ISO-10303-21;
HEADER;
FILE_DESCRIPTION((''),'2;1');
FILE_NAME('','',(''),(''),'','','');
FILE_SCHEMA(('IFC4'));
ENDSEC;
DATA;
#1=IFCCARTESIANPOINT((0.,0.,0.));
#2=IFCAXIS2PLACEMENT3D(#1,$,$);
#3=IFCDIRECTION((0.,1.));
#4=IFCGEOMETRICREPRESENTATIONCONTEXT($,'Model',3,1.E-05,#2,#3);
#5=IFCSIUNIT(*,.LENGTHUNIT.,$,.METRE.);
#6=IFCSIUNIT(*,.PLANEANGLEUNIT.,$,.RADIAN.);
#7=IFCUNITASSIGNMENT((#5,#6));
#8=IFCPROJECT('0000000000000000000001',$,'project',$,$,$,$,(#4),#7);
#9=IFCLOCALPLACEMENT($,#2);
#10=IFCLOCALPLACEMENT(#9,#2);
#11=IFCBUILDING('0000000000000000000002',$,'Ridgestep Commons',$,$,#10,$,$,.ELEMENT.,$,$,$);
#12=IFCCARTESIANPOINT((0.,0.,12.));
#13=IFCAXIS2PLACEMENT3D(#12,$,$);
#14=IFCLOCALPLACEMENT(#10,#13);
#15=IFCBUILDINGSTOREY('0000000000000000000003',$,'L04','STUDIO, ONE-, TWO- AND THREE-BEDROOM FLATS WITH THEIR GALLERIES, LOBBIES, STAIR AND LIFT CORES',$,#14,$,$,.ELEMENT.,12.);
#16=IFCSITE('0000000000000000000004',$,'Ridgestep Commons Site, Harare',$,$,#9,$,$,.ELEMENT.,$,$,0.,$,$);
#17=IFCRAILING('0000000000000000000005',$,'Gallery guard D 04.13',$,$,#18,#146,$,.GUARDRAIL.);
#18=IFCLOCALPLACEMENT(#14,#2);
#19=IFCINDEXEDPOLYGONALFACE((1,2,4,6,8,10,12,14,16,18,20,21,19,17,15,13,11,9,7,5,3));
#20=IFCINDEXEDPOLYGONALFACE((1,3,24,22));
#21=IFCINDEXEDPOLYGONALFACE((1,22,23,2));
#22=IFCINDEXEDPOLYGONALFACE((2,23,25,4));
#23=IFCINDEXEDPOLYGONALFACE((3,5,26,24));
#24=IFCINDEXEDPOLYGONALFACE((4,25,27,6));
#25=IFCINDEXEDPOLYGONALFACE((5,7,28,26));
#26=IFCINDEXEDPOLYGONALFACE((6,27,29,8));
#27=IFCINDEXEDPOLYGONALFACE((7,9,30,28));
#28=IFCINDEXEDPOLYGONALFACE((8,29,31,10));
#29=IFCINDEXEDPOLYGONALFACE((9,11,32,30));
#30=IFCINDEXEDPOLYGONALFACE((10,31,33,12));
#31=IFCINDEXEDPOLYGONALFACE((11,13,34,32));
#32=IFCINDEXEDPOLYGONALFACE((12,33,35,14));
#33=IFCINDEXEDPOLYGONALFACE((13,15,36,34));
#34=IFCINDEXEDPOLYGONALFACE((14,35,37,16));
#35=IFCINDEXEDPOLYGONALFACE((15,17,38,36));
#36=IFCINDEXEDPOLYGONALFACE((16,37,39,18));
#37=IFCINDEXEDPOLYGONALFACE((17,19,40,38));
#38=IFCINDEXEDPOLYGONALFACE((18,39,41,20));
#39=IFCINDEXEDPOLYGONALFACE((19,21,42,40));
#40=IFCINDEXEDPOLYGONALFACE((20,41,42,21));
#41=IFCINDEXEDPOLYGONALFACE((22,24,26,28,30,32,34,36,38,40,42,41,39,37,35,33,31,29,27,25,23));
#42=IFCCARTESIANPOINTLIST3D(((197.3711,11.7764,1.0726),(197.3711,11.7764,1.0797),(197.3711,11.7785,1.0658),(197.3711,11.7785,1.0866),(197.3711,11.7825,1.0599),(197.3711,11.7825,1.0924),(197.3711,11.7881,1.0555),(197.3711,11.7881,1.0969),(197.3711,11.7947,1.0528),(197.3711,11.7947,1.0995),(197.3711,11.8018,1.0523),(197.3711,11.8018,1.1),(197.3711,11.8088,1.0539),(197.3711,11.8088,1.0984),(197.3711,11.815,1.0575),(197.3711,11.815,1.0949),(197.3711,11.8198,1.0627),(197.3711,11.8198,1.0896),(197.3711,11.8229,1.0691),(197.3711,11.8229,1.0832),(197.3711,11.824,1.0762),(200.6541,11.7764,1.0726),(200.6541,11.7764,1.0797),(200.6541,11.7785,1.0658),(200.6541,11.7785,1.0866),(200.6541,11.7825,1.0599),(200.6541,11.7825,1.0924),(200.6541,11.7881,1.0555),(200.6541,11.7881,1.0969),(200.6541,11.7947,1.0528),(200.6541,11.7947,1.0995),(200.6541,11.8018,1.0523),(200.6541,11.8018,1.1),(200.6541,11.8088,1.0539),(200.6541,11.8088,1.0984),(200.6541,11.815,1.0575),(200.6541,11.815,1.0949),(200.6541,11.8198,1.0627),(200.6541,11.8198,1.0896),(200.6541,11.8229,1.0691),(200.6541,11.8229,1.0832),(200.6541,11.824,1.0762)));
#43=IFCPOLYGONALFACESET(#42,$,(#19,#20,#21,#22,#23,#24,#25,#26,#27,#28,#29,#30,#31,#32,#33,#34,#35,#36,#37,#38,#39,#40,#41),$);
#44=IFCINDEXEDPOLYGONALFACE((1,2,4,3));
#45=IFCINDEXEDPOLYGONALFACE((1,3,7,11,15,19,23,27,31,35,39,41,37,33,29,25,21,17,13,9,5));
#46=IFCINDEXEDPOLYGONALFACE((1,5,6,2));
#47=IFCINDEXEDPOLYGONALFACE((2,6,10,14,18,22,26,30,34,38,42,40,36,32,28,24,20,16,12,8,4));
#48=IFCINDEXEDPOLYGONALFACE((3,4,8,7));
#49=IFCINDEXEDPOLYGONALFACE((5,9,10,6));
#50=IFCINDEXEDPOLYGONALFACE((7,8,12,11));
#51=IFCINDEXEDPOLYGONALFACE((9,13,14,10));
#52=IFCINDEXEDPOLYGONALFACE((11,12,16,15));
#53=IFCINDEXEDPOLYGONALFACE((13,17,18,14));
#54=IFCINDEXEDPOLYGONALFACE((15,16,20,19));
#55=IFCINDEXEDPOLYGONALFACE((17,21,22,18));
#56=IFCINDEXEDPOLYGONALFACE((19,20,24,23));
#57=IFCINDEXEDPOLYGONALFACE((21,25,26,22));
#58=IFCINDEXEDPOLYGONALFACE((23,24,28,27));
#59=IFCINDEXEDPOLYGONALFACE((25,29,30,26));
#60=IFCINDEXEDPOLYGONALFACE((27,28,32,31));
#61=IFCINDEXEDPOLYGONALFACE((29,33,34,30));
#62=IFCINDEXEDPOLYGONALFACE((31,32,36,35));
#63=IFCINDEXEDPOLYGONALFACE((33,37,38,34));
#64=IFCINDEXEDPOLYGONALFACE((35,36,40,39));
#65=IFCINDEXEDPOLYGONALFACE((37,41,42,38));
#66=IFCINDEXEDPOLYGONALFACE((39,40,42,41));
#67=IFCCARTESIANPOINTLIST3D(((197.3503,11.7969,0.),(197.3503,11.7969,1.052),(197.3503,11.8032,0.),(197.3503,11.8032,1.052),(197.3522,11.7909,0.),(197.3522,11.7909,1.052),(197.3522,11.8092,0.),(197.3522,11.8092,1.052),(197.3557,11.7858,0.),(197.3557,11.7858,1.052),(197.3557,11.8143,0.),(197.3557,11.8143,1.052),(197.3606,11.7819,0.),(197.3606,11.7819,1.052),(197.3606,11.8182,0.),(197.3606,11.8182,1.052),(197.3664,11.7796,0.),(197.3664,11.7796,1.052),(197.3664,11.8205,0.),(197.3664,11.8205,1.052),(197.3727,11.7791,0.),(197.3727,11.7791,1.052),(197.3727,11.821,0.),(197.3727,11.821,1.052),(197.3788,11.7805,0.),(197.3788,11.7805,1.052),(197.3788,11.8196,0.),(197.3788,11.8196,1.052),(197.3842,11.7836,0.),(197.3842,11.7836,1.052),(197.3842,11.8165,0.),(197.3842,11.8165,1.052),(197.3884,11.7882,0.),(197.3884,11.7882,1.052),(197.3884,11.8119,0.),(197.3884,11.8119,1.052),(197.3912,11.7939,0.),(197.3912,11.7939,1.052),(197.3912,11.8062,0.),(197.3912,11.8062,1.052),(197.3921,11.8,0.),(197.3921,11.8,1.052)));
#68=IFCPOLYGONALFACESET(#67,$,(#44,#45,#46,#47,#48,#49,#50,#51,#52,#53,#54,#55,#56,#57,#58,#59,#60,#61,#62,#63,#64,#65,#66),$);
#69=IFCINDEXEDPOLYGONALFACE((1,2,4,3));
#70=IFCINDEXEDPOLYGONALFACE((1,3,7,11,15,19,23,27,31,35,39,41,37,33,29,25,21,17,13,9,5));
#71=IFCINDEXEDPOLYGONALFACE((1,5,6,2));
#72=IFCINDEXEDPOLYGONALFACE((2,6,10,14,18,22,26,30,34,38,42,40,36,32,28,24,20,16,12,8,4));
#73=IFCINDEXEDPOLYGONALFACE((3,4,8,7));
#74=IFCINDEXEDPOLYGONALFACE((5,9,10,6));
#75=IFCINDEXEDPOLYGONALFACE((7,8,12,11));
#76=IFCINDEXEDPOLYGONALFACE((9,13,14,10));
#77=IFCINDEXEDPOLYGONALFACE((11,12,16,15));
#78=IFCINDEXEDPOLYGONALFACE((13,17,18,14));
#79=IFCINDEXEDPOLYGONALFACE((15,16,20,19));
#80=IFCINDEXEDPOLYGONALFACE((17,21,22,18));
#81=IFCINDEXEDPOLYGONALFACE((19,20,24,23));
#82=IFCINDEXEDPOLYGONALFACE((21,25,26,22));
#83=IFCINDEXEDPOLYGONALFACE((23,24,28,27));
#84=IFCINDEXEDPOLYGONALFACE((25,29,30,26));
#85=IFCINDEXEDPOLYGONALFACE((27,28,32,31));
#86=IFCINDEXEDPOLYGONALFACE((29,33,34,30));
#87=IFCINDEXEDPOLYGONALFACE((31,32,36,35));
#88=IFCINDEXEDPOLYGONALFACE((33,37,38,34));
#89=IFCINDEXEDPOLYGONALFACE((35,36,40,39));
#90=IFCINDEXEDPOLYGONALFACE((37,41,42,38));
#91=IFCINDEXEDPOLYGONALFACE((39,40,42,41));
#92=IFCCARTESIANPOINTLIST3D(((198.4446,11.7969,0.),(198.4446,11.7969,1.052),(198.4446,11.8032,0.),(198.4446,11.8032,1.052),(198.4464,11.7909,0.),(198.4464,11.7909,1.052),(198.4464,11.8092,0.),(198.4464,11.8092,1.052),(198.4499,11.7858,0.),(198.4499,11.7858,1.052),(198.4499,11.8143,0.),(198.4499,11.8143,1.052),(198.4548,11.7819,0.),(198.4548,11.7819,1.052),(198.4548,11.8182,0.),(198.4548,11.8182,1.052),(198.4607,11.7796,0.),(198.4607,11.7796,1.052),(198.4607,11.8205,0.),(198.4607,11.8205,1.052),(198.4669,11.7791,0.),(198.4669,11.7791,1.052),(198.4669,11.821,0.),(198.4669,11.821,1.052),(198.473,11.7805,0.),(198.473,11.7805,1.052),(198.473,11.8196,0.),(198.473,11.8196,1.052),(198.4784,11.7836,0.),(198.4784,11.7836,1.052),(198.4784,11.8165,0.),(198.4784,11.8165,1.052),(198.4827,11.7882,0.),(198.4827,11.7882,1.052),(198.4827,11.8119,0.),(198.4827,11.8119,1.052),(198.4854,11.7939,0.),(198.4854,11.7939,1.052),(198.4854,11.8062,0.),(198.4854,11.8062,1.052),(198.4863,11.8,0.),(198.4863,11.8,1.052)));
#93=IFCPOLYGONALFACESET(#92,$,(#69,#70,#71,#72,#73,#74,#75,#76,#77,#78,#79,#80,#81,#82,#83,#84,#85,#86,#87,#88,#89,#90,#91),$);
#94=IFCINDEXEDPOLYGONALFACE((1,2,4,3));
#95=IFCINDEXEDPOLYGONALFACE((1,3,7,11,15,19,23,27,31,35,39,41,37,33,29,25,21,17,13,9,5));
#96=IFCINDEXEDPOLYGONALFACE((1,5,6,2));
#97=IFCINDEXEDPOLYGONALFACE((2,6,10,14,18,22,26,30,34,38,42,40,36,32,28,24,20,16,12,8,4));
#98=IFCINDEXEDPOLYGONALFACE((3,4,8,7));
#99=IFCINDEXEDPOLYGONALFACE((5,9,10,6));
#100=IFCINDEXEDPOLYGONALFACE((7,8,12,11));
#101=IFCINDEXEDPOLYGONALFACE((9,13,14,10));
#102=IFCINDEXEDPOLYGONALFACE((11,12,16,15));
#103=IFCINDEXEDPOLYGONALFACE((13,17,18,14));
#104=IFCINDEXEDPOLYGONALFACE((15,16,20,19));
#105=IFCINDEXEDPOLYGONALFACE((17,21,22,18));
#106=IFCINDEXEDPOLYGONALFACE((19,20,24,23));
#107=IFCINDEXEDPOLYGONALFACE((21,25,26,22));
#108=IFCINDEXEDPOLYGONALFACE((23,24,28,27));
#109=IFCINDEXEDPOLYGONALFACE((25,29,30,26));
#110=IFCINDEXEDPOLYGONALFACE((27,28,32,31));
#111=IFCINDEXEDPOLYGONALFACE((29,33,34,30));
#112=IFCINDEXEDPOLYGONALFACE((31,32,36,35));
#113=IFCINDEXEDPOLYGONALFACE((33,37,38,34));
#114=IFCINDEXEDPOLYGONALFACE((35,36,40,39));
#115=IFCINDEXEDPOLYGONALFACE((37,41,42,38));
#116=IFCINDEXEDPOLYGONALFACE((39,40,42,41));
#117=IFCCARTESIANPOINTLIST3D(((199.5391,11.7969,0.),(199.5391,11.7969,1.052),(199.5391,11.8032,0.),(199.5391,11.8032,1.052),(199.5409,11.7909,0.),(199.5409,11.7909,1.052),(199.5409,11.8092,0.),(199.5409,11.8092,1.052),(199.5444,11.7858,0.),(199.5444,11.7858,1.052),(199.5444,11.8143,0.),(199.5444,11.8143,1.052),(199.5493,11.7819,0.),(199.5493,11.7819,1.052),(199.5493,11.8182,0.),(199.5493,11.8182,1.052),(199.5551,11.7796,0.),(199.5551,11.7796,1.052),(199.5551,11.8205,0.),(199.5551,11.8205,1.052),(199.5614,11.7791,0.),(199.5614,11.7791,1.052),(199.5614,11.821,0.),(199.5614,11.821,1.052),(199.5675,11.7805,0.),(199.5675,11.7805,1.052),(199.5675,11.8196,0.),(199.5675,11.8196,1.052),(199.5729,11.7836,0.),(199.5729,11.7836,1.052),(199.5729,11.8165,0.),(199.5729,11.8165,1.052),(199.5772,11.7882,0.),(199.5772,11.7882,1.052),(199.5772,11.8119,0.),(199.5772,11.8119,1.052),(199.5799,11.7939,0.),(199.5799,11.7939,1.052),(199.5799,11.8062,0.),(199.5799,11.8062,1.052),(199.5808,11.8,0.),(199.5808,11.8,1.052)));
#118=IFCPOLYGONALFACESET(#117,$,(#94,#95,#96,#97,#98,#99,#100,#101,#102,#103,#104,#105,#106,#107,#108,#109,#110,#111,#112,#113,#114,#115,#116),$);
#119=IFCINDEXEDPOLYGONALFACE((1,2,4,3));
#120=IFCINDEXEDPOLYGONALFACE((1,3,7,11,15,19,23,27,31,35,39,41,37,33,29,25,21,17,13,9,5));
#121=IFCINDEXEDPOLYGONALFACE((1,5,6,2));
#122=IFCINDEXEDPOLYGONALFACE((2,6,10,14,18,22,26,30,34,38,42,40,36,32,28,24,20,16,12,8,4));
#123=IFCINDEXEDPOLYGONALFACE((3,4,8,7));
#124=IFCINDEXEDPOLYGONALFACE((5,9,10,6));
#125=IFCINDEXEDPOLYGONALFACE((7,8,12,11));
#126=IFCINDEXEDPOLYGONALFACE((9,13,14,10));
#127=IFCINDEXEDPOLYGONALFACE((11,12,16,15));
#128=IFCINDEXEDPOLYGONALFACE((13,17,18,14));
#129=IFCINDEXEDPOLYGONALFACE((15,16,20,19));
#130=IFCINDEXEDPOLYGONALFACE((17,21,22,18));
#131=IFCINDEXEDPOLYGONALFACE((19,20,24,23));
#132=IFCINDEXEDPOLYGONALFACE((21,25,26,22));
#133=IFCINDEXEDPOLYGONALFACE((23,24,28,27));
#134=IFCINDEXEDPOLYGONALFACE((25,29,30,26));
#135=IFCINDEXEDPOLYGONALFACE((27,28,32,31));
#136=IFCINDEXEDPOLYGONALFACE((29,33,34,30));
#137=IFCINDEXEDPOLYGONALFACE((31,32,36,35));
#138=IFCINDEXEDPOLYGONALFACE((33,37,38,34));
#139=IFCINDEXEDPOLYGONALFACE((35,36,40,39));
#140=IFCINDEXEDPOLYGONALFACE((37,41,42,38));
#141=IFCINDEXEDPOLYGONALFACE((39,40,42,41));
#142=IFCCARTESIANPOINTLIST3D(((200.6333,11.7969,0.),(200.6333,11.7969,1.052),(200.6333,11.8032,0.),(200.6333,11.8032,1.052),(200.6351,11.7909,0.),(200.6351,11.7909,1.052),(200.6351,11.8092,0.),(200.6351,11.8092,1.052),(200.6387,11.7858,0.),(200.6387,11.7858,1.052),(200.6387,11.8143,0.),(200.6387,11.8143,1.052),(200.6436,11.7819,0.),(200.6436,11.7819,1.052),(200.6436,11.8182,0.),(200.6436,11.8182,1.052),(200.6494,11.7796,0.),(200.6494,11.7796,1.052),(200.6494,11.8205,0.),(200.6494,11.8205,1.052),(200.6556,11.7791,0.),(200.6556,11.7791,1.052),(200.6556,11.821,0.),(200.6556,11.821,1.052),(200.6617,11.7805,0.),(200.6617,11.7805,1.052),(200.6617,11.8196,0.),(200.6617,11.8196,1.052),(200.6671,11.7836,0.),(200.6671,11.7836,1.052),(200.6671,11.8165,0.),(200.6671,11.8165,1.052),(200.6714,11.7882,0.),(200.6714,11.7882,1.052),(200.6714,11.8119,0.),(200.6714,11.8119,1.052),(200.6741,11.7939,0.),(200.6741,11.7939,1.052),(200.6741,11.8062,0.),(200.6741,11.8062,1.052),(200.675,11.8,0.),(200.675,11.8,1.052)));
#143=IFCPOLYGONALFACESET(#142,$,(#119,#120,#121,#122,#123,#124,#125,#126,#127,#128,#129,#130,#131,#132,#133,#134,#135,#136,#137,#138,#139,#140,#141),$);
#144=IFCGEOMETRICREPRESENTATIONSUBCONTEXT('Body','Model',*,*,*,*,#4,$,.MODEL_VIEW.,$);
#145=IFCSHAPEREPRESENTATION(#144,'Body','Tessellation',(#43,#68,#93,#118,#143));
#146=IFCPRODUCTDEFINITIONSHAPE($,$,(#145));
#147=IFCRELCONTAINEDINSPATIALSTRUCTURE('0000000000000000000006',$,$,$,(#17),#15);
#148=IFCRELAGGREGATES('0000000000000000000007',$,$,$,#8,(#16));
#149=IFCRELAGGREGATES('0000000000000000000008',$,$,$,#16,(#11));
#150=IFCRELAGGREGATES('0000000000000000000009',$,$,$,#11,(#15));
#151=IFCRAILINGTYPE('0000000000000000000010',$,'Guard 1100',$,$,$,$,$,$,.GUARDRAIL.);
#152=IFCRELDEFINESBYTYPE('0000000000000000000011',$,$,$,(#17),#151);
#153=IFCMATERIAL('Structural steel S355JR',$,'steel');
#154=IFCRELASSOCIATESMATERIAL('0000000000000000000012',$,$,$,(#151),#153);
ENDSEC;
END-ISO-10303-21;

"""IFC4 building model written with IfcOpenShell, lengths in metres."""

from ifc_helpers import new_model, si_unit, direction, frame, origin, origin_2d, place, context, subcontext, project, spatial, circle, extrude, material, type_object, element, save


model = new_model("IFC4")

# Units and contexts
model_context = context("Model", 3, precision=1e-05, world=origin(), true_north=direction((0.0, 1.0)))
body_context = subcontext(model_context, "Body", "Model", "MODEL_VIEW")
ifc_project = project(units=[si_unit("LENGTHUNIT", "METRE"), si_unit("PLANEANGLEUNIT", "RADIAN")], contexts=[model_context])

# Site, building, storey
site_placement = place(None, origin())
site = spatial("IfcSite", under=ifc_project, at=site_placement, Name="Ridgestep Commons Site, Harare", CompositionType="ELEMENT", RefElevation=0.0)
building_placement = place(site_placement, origin())
building = spatial("IfcBuilding", under=site, at=building_placement, Name="Ridgestep Commons", CompositionType="ELEMENT")
storey_placement = place(building_placement, frame((0.0, 0.0, 12.0)))
storey = spatial("IfcBuildingStorey", under=building, at=storey_placement, Name="L04", Description="STUDIO, ONE-, TWO- AND THREE-BEDROOM FLATS WITH THEIR GALLERIES, LOBBIES, STAIR AND LIFT CORES", CompositionType="ELEMENT", Elevation=12.0)

# Railing
ifc_material_1 = material(Name="Structural steel S355JR", Category="steel")
railing_type = type_object("IfcRailingType", Name="Guard 1100", PredefinedType="GUARDRAIL", material=ifc_material_1)
railing_1_placement = place(storey_placement, frame((197.3711, 11.8, 0.0)))
element("IfcRailing", 1, at=railing_1_placement, inside=storey, type_object=railing_type, Name="Gallery guard D 04.13", PredefinedType="GUARDRAIL", context=body_context, shape_type="SweptSolid", body=[
    extrude(circle(Radius=0.0239, at=origin_2d()), frame((0.0, 0.0, 1.0762), z_axis=(1.0, 0.0, 0.0), x_axis=(0.0, 1.0, 0.0)), (0.0, 0.0, 1.0), 3.283),
    extrude(circle(Radius=0.021, at=origin_2d()), origin(), (0.0, 0.0, 1.0), 1.052),
    extrude(circle(Radius=0.021, at=origin_2d()), frame((1.0942, 0.0, 0.0)), (0.0, 0.0, 1.0), 1.052),
    extrude(circle(Radius=0.021, at=origin_2d()), frame((2.1887, 0.0, 0.0)), (0.0, 0.0, 1.0), 1.052),
    extrude(circle(Radius=0.021, at=origin_2d()), frame((3.283, 0.0, 0.0)), (0.0, 0.0, 1.0), 1.052),
])

save(model, "model.ifc")
